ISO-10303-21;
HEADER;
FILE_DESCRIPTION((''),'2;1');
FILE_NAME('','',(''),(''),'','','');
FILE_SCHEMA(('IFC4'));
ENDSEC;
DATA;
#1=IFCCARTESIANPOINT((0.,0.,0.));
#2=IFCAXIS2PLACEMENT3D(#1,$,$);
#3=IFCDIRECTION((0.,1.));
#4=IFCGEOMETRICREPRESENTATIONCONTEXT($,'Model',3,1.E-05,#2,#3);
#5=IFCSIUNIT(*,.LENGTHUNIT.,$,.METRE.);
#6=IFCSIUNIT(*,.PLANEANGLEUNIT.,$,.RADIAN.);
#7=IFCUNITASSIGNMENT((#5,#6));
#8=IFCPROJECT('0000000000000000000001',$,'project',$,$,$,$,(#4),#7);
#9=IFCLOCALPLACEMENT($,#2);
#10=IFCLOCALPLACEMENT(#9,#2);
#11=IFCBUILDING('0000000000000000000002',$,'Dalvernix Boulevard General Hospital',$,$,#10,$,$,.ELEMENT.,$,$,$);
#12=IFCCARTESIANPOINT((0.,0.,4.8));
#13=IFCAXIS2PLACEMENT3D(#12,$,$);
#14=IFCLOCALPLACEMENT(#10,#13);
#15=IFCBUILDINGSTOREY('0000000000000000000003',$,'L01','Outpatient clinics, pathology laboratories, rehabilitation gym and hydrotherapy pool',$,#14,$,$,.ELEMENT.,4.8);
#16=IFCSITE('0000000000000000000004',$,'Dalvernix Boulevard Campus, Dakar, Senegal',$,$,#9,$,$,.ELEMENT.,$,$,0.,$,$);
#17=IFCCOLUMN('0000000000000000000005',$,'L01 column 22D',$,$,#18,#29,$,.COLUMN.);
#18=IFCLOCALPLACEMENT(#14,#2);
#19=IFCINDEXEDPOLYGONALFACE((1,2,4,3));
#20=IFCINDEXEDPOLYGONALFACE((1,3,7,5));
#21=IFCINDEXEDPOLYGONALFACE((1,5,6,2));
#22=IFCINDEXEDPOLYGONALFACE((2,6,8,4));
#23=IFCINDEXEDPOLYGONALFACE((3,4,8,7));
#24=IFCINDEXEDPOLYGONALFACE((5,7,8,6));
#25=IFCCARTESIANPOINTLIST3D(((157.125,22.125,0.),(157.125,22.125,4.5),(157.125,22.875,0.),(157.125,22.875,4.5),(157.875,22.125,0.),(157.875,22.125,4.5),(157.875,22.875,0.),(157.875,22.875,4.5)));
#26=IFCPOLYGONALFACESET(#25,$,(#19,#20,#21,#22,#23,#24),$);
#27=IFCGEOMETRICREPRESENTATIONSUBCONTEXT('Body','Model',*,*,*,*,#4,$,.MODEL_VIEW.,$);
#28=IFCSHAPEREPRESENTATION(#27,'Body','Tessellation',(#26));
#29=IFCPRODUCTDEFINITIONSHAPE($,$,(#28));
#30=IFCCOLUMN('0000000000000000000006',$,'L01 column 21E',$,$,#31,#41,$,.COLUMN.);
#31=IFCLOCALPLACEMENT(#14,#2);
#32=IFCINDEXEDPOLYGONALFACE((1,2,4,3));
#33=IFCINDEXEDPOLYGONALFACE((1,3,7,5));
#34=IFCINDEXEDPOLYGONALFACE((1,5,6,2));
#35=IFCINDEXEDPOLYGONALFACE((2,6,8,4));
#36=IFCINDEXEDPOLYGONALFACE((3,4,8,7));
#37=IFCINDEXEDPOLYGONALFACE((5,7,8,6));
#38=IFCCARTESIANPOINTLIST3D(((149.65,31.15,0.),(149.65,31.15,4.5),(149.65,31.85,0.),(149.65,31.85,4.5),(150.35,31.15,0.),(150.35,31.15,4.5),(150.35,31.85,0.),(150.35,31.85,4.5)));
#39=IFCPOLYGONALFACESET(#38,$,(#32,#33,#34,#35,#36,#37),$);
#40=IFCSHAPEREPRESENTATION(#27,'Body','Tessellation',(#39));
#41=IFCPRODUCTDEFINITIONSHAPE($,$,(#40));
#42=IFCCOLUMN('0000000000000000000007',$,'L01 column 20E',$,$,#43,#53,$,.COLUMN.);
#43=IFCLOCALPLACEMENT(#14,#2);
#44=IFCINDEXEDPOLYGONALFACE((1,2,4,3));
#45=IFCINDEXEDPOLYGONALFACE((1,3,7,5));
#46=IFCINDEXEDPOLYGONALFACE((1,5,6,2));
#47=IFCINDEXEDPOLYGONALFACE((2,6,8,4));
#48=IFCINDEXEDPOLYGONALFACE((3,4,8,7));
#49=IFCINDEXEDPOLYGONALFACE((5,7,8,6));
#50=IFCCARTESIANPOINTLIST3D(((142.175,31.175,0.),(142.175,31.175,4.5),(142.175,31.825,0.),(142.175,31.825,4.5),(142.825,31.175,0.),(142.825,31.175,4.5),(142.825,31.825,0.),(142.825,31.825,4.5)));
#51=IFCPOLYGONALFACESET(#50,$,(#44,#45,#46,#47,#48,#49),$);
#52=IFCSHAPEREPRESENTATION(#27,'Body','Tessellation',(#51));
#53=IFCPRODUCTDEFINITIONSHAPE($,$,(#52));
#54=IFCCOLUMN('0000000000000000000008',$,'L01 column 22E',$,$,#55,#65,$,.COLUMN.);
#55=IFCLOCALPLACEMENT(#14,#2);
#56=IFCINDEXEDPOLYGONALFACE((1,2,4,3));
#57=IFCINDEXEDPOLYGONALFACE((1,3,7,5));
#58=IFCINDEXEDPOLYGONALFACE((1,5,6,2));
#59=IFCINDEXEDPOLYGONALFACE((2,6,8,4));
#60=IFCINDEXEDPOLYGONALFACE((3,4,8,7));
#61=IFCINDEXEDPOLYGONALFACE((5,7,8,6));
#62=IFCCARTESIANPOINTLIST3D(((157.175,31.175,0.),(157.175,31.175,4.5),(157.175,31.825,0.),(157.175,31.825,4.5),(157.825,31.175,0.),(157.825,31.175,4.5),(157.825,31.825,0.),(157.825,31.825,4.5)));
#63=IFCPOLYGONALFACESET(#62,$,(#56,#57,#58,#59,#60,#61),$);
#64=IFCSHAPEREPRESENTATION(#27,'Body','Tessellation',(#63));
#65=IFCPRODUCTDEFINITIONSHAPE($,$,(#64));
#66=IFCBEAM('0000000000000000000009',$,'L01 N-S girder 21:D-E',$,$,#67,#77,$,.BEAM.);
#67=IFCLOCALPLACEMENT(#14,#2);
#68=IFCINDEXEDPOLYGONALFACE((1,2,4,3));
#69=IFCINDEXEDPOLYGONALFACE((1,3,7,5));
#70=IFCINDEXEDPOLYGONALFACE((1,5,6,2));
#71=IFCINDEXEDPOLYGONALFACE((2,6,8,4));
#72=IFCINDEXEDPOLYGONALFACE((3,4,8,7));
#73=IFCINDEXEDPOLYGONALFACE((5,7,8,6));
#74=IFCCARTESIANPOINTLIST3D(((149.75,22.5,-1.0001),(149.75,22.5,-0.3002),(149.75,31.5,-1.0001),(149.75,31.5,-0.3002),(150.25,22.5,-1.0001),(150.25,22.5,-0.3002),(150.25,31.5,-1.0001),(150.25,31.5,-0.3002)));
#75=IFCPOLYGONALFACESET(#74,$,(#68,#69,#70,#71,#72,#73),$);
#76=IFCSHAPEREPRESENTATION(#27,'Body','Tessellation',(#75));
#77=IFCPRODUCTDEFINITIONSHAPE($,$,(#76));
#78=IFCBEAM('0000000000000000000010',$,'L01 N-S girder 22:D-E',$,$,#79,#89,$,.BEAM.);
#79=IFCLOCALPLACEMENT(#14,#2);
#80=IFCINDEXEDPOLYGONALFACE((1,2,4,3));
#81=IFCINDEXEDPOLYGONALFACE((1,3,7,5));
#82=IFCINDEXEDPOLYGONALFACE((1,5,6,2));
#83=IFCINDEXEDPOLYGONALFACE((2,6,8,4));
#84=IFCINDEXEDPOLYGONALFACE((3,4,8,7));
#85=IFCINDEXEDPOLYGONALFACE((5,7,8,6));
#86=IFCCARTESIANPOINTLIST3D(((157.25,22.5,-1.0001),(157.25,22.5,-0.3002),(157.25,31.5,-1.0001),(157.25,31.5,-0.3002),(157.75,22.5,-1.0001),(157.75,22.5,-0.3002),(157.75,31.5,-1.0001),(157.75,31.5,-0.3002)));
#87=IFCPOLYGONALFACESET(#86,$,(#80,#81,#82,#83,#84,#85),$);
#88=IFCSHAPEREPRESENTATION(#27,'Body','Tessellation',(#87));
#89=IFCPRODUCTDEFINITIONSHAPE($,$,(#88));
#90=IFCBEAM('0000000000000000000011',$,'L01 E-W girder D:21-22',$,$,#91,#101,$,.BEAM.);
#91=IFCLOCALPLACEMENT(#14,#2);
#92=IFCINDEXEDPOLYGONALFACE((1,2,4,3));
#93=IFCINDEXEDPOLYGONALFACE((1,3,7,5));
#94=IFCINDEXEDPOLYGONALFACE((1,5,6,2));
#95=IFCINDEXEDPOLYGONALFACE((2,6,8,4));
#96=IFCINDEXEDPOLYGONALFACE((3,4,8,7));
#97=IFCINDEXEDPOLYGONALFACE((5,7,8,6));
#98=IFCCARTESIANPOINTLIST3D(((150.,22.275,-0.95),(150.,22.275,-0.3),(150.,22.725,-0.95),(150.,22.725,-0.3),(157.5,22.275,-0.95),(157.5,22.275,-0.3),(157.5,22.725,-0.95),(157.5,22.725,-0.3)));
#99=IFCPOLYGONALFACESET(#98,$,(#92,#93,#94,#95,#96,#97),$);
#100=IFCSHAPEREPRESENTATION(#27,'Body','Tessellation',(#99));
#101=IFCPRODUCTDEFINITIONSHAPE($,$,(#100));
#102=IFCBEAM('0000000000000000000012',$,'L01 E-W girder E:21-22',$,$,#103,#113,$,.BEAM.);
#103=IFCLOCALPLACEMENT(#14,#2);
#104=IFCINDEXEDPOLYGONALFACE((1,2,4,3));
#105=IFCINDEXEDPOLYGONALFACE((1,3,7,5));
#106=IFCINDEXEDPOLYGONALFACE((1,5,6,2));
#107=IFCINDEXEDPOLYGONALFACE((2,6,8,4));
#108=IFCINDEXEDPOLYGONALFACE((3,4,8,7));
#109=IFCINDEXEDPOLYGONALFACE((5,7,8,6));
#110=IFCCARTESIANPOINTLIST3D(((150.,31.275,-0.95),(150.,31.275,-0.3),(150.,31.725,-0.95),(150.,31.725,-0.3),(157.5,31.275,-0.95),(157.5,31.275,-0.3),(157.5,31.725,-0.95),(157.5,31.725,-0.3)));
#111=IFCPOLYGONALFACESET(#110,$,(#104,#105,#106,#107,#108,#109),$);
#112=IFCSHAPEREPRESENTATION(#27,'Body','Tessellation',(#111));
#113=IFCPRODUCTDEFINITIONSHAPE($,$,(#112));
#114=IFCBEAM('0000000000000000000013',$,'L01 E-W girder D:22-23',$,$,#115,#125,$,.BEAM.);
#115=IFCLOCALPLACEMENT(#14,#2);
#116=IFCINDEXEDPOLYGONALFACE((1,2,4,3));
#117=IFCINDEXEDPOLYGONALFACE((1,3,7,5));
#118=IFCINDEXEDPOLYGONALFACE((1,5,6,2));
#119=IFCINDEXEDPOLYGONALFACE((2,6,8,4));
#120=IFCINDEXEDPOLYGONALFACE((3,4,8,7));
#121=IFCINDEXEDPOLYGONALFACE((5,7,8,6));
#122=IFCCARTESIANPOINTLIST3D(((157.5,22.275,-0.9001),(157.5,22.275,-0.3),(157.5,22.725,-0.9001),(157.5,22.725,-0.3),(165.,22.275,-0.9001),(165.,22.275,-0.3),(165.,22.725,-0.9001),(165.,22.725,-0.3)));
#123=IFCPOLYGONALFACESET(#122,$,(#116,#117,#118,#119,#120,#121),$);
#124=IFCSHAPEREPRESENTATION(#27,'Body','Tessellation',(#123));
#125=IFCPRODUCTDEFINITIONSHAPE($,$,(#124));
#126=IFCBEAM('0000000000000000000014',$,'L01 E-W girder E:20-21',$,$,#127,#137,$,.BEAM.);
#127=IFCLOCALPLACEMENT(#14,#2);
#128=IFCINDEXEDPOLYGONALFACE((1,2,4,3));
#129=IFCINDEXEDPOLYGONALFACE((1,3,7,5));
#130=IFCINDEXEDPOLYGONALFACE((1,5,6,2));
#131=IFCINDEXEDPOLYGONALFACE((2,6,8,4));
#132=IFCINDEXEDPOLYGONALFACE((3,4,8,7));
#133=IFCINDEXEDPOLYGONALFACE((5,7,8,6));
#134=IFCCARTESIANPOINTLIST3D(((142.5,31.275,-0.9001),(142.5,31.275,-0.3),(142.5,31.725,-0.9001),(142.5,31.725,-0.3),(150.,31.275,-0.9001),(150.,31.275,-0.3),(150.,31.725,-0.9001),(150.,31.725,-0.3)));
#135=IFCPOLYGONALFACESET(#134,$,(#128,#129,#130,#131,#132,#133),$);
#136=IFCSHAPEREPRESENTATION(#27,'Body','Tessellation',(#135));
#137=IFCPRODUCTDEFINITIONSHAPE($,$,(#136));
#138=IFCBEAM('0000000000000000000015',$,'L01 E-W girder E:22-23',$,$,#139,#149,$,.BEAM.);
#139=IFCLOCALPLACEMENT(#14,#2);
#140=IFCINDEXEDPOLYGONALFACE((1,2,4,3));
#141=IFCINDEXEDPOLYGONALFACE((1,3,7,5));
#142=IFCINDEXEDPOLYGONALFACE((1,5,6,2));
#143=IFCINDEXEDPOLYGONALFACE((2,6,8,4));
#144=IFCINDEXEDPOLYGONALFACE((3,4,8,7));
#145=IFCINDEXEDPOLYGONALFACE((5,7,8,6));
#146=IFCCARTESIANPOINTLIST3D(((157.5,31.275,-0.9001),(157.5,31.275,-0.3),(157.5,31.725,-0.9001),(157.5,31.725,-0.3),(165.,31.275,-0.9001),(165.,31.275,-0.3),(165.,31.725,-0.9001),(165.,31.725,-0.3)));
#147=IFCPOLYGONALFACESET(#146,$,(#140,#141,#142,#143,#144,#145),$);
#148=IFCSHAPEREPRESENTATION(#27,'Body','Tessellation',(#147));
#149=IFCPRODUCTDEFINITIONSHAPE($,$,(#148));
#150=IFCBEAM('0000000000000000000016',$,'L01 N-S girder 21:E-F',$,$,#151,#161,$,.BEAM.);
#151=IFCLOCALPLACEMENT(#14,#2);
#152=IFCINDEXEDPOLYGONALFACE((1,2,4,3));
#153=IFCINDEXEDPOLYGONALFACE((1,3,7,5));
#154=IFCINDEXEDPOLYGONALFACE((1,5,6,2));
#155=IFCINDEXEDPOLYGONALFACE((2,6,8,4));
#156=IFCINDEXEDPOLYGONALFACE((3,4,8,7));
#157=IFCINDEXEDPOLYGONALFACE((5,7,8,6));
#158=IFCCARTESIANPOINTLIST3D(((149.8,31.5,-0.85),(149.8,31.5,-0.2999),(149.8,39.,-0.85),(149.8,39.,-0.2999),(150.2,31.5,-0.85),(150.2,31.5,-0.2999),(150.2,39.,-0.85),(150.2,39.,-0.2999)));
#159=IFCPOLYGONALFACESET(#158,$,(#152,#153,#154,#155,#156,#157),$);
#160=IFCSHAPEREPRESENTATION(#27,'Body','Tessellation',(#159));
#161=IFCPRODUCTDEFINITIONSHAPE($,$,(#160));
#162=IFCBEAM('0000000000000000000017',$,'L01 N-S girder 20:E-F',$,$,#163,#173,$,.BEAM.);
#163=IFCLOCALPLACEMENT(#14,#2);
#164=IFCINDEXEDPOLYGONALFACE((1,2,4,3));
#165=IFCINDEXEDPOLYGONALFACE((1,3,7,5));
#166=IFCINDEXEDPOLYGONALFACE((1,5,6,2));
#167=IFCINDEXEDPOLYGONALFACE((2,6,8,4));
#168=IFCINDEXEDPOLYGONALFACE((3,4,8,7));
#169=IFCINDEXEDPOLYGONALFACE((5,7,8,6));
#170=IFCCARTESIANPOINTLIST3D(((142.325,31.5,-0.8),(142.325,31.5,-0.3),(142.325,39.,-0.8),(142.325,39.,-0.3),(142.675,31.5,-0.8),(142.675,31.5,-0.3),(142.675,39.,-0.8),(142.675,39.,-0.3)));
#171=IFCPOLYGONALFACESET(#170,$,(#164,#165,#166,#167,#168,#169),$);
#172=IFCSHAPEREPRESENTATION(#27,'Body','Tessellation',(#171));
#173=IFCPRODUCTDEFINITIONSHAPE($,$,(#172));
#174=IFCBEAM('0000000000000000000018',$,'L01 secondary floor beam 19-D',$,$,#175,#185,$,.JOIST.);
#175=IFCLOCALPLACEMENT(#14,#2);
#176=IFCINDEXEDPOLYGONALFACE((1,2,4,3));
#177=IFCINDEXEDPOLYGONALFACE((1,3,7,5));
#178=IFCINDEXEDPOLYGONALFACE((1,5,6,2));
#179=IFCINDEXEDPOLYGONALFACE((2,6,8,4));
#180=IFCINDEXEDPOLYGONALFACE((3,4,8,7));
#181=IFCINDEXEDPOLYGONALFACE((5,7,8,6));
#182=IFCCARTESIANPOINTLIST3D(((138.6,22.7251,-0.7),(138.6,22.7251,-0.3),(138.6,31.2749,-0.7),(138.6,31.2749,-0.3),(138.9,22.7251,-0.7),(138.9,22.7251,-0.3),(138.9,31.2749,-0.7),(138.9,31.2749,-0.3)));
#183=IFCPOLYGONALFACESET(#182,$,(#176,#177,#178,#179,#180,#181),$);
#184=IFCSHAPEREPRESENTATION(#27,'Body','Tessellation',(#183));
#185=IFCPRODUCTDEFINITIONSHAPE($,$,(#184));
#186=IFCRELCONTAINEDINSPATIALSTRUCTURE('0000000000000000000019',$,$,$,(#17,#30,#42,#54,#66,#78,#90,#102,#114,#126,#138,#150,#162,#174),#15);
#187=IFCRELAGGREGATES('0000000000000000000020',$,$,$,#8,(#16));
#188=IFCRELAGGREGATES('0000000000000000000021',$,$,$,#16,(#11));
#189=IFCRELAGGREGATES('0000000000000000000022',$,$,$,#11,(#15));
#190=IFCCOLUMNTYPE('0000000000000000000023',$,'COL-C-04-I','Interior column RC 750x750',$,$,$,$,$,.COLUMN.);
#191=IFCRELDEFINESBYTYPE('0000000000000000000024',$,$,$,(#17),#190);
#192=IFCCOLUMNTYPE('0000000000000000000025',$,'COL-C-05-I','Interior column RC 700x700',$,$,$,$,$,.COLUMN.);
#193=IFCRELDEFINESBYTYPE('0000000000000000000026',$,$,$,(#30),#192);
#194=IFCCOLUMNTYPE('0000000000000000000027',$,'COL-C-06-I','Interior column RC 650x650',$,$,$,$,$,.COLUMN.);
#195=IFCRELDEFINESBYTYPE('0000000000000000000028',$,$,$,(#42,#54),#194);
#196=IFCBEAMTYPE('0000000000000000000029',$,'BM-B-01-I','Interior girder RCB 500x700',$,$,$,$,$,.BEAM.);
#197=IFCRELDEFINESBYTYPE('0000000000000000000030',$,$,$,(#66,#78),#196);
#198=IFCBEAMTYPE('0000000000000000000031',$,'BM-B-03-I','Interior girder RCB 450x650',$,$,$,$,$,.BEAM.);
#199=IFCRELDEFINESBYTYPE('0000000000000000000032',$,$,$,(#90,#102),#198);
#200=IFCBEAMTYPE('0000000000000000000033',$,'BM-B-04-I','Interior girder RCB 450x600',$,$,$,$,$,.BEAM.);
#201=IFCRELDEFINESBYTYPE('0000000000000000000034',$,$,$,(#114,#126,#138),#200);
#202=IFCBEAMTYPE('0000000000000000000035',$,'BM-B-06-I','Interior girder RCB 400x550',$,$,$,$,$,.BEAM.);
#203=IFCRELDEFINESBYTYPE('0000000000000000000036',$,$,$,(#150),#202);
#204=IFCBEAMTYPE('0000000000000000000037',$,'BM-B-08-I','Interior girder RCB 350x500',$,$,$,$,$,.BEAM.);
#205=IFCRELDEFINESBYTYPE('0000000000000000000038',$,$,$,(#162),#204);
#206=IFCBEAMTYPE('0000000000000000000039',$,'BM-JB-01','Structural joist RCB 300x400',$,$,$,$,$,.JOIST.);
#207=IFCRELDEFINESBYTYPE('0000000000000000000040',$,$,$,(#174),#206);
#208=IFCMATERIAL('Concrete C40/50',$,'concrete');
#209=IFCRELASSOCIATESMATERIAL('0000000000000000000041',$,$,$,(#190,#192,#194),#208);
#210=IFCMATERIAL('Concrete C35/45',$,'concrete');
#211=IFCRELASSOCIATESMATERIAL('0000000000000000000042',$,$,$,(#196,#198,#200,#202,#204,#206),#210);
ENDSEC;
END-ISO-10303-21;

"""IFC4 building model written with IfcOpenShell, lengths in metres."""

from ifc_helpers import new_model, si_unit, direction, frame, origin, origin_2d, place, context, subcontext, project, spatial, rectangle, extrude, material, material_profile, profile_set, type_object, element, save


model = new_model("IFC4")

# Units and contexts
model_context = context("Model", 3, precision=1e-05, world=origin(), true_north=direction((0.0, 1.0)))
body_context = subcontext(model_context, "Body", "Model", "MODEL_VIEW")
ifc_project = project(units=[si_unit("LENGTHUNIT", "METRE"), si_unit("PLANEANGLEUNIT", "RADIAN")], contexts=[model_context])

# Site, building, storey
site_placement = place(None, origin())
site = spatial("IfcSite", under=ifc_project, at=site_placement, Name="Dalvernix Boulevard Campus, Dakar, Senegal", CompositionType="ELEMENT", RefElevation=0.0)
building_placement = place(site_placement, origin())
building = spatial("IfcBuilding", under=site, at=building_placement, Name="Dalvernix Boulevard General Hospital", CompositionType="ELEMENT")
storey_placement = place(building_placement, frame((0.0, 0.0, 4.8)))
storey = spatial("IfcBuildingStorey", under=building, at=storey_placement, Name="L01", Description="Outpatient clinics, pathology laboratories, rehabilitation gym and hydrotherapy pool", CompositionType="ELEMENT", Elevation=4.8)

# Columns
ifc_material_1 = material(Name="Concrete C40/50", Category="concrete")
ifc_material_profile_1 = material_profile(ifc_material_1, rectangle(XDim=0.75, YDim=0.75, at=origin_2d()), Name="RC 750x750")
ifc_profile_set_1 = profile_set([ifc_material_profile_1], Name="Concrete C40/50")
column_type_1 = type_object("IfcColumnType", Name="COL-C-04-I", Description="Interior column RC 750x750", PredefinedType="COLUMN", material=ifc_profile_set_1)
column_1_placement = place(storey_placement, frame((157.5, 22.5, 0.0), z_axis=(0.0, 0.0, 1.0), x_axis=(1.0, 0.0, 0.0)))
element("IfcColumn", 1, at=column_1_placement, inside=storey, type_object=column_type_1, Name="L01 column 22D", PredefinedType="COLUMN", context=body_context, shape_type="SweptSolid", body=[
    extrude(rectangle(XDim=0.75, YDim=0.75, at=origin_2d()), origin(), (0.0, 0.0, 1.0), 4.5),
])
ifc_material_profile_2 = material_profile(ifc_material_1, rectangle(XDim=0.7, YDim=0.7, at=origin_2d()), Name="RC 700x700")
ifc_profile_set_2 = profile_set([ifc_material_profile_2], Name="Concrete C40/50")
column_type_2 = type_object("IfcColumnType", Name="COL-C-05-I", Description="Interior column RC 700x700", PredefinedType="COLUMN", material=ifc_profile_set_2)
column_2_placement = place(storey_placement, frame((150.0, 31.5, 0.0), z_axis=(0.0, 0.0, 1.0), x_axis=(1.0, 0.0, 0.0)))
element("IfcColumn", 2, at=column_2_placement, inside=storey, type_object=column_type_2, Name="L01 column 21E", PredefinedType="COLUMN", context=body_context, shape_type="SweptSolid", body=[
    extrude(rectangle(XDim=0.7, YDim=0.7, at=origin_2d()), origin(), (0.0, 0.0, 1.0), 4.5),
])
ifc_material_profile_3 = material_profile(ifc_material_1, rectangle(XDim=0.6499, YDim=0.6499, at=origin_2d()), Name="RC 650x650")
ifc_profile_set_3 = profile_set([ifc_material_profile_3], Name="Concrete C40/50")
column_type_3 = type_object("IfcColumnType", Name="COL-C-06-I", Description="Interior column RC 650x650", PredefinedType="COLUMN", material=ifc_profile_set_3)
for number, where, z_axis, x_axis, name in (
    (3, (142.5, 31.5, 0.0), (0.0, 0.0, 1.0), (1.0, 0.0, 0.0), "L01 column 20E"),
    (4, (157.5, 31.5, 0.0), (0.0, 0.0, 1.0), (1.0, 0.0, 0.0), "L01 column 22E"),
):
    element("IfcColumn", number, at=place(storey_placement, frame(where, z_axis=z_axis, x_axis=x_axis)), inside=storey, type_object=column_type_3, Name=name, PredefinedType="COLUMN", context=body_context, shape_type="SweptSolid", body=[
        extrude(rectangle(XDim=0.6499, YDim=0.6499, at=origin_2d()), origin(), (0.0, 0.0, 1.0), 4.5),
    ])

# Beams
ifc_material_2 = material(Name="Concrete C35/45", Category="concrete")
ifc_material_profile_4 = material_profile(ifc_material_2, rectangle(XDim=0.5, YDim=0.7, at=origin_2d()), Name="RCB 500x700")
ifc_profile_set_4 = profile_set([ifc_material_profile_4], Name="Concrete C35/45")
beam_type_1 = type_object("IfcBeamType", Name="BM-B-01-I", Description="Interior girder RCB 500x700", PredefinedType="BEAM", material=ifc_profile_set_4)
for number, where, z_axis, x_axis, name in (
    (5, (150.0, 22.5, -0.6501), (0.0, 1.0, 0.0), (-1.0, 0.0, 0.0), "L01 N-S girder 21:D-E"),
    (6, (157.5, 22.5, -0.6501), (0.0, 1.0, 0.0), (-1.0, 0.0, 0.0), "L01 N-S girder 22:D-E"),
):
    element("IfcBeam", number, at=place(storey_placement, frame(where, z_axis=z_axis, x_axis=x_axis)), inside=storey, type_object=beam_type_1, Name=name, PredefinedType="BEAM", context=body_context, shape_type="SweptSolid", body=[
        extrude(rectangle(XDim=0.5, YDim=0.7, at=origin_2d()), origin(), (0.0, 0.0, 1.0), 9.0),
    ])
ifc_material_profile_5 = material_profile(ifc_material_2, rectangle(XDim=0.45, YDim=0.6499, at=origin_2d()), Name="RCB 450x650")
ifc_profile_set_5 = profile_set([ifc_material_profile_5], Name="Concrete C35/45")
beam_type_2 = type_object("IfcBeamType", Name="BM-B-03-I", Description="Interior girder RCB 450x650", PredefinedType="BEAM", material=ifc_profile_set_5)
for number, where, z_axis, x_axis, name in (
    (7, (150.0, 22.5, -0.625), (1.0, 0.0, 0.0), (0.0, 1.0, 0.0), "L01 E-W girder D:21-22"),
    (8, (150.0, 31.5, -0.625), (1.0, 0.0, 0.0), (0.0, 1.0, 0.0), "L01 E-W girder E:21-22"),
):
    element("IfcBeam", number, at=place(storey_placement, frame(where, z_axis=z_axis, x_axis=x_axis)), inside=storey, type_object=beam_type_2, Name=name, PredefinedType="BEAM", context=body_context, shape_type="SweptSolid", body=[
        extrude(rectangle(XDim=0.45, YDim=0.6499, at=origin_2d()), origin(), (0.0, 0.0, 1.0), 7.5),
    ])
ifc_material_profile_6 = material_profile(ifc_material_2, rectangle(XDim=0.45, YDim=0.6001, at=origin_2d()), Name="RCB 450x600")
ifc_profile_set_6 = profile_set([ifc_material_profile_6], Name="Concrete C35/45")
beam_type_3 = type_object("IfcBeamType", Name="BM-B-04-I", Description="Interior girder RCB 450x600", PredefinedType="BEAM", material=ifc_profile_set_6)
for number, where, z_axis, x_axis, name in (
    (9, (157.5, 22.5, -0.6001), (1.0, 0.0, 0.0), (0.0, 1.0, 0.0), "L01 E-W girder D:22-23"),
    (10, (142.5, 31.5, -0.6001), (1.0, 0.0, 0.0), (0.0, 1.0, 0.0), "L01 E-W girder E:20-21"),
    (11, (157.5, 31.5, -0.6001), (1.0, 0.0, 0.0), (0.0, 1.0, 0.0), "L01 E-W girder E:22-23"),
):
    element("IfcBeam", number, at=place(storey_placement, frame(where, z_axis=z_axis, x_axis=x_axis)), inside=storey, type_object=beam_type_3, Name=name, PredefinedType="BEAM", context=body_context, shape_type="SweptSolid", body=[
        extrude(rectangle(XDim=0.45, YDim=0.6001, at=origin_2d()), origin(), (0.0, 0.0, 1.0), 7.5),
    ])
ifc_material_profile_7 = material_profile(ifc_material_2, rectangle(XDim=0.3999, YDim=0.55, at=origin_2d()), Name="RCB 400x550")
ifc_profile_set_7 = profile_set([ifc_material_profile_7], Name="Concrete C35/45")
beam_type_4 = type_object("IfcBeamType", Name="BM-B-06-I", Description="Interior girder RCB 400x550", PredefinedType="BEAM", material=ifc_profile_set_7)
beam_1_placement = place(storey_placement, frame((150.0, 31.5, -0.575), z_axis=(0.0, 1.0, 0.0), x_axis=(-1.0, 0.0, 0.0)))
element("IfcBeam", 12, at=beam_1_placement, inside=storey, type_object=beam_type_4, Name="L01 N-S girder 21:E-F", PredefinedType="BEAM", context=body_context, shape_type="SweptSolid", body=[
    extrude(rectangle(XDim=0.3999, YDim=0.55, at=origin_2d()), origin(), (0.0, 0.0, 1.0), 7.5),
])
ifc_material_profile_8 = material_profile(ifc_material_2, rectangle(XDim=0.3501, YDim=0.5, at=origin_2d()), Name="RCB 350x500")
ifc_profile_set_8 = profile_set([ifc_material_profile_8], Name="Concrete C35/45")
beam_type_5 = type_object("IfcBeamType", Name="BM-B-08-I", Description="Interior girder RCB 350x500", PredefinedType="BEAM", material=ifc_profile_set_8)
beam_2_placement = place(storey_placement, frame((142.5, 31.5, -0.55), z_axis=(0.0, 1.0, 0.0), x_axis=(-1.0, 0.0, 0.0)))
element("IfcBeam", 13, at=beam_2_placement, inside=storey, type_object=beam_type_5, Name="L01 N-S girder 20:E-F", PredefinedType="BEAM", context=body_context, shape_type="SweptSolid", body=[
    extrude(rectangle(XDim=0.3501, YDim=0.5, at=origin_2d()), origin(), (0.0, 0.0, 1.0), 7.5),
])
ifc_material_profile_9 = material_profile(ifc_material_2, rectangle(XDim=0.3, YDim=0.3999, at=origin_2d()), Name="RCB 300x400")
ifc_profile_set_9 = profile_set([ifc_material_profile_9], Name="Concrete C35/45")
beam_type_6 = type_object("IfcBeamType", Name="BM-JB-01", Description="Structural joist RCB 300x400", PredefinedType="JOIST", material=ifc_profile_set_9)
for number, where, z_axis, x_axis, name in (
    (14, (138.75, 22.7251, -0.5), (0.0, 1.0, 0.0), (-1.0, 0.0, 0.0), "L01 secondary floor beam 19-D"),
):
    element("IfcBeam", number, at=place(storey_placement, frame(where, z_axis=z_axis, x_axis=x_axis)), inside=storey, type_object=beam_type_6, Name=name, PredefinedType="JOIST", context=body_context, shape_type="SweptSolid", body=[
        extrude(rectangle(XDim=0.3, YDim=0.3999, at=origin_2d()), origin(), (0.0, 0.0, 1.0), 8.5498),
    ])

save(model, "model.ifc")
